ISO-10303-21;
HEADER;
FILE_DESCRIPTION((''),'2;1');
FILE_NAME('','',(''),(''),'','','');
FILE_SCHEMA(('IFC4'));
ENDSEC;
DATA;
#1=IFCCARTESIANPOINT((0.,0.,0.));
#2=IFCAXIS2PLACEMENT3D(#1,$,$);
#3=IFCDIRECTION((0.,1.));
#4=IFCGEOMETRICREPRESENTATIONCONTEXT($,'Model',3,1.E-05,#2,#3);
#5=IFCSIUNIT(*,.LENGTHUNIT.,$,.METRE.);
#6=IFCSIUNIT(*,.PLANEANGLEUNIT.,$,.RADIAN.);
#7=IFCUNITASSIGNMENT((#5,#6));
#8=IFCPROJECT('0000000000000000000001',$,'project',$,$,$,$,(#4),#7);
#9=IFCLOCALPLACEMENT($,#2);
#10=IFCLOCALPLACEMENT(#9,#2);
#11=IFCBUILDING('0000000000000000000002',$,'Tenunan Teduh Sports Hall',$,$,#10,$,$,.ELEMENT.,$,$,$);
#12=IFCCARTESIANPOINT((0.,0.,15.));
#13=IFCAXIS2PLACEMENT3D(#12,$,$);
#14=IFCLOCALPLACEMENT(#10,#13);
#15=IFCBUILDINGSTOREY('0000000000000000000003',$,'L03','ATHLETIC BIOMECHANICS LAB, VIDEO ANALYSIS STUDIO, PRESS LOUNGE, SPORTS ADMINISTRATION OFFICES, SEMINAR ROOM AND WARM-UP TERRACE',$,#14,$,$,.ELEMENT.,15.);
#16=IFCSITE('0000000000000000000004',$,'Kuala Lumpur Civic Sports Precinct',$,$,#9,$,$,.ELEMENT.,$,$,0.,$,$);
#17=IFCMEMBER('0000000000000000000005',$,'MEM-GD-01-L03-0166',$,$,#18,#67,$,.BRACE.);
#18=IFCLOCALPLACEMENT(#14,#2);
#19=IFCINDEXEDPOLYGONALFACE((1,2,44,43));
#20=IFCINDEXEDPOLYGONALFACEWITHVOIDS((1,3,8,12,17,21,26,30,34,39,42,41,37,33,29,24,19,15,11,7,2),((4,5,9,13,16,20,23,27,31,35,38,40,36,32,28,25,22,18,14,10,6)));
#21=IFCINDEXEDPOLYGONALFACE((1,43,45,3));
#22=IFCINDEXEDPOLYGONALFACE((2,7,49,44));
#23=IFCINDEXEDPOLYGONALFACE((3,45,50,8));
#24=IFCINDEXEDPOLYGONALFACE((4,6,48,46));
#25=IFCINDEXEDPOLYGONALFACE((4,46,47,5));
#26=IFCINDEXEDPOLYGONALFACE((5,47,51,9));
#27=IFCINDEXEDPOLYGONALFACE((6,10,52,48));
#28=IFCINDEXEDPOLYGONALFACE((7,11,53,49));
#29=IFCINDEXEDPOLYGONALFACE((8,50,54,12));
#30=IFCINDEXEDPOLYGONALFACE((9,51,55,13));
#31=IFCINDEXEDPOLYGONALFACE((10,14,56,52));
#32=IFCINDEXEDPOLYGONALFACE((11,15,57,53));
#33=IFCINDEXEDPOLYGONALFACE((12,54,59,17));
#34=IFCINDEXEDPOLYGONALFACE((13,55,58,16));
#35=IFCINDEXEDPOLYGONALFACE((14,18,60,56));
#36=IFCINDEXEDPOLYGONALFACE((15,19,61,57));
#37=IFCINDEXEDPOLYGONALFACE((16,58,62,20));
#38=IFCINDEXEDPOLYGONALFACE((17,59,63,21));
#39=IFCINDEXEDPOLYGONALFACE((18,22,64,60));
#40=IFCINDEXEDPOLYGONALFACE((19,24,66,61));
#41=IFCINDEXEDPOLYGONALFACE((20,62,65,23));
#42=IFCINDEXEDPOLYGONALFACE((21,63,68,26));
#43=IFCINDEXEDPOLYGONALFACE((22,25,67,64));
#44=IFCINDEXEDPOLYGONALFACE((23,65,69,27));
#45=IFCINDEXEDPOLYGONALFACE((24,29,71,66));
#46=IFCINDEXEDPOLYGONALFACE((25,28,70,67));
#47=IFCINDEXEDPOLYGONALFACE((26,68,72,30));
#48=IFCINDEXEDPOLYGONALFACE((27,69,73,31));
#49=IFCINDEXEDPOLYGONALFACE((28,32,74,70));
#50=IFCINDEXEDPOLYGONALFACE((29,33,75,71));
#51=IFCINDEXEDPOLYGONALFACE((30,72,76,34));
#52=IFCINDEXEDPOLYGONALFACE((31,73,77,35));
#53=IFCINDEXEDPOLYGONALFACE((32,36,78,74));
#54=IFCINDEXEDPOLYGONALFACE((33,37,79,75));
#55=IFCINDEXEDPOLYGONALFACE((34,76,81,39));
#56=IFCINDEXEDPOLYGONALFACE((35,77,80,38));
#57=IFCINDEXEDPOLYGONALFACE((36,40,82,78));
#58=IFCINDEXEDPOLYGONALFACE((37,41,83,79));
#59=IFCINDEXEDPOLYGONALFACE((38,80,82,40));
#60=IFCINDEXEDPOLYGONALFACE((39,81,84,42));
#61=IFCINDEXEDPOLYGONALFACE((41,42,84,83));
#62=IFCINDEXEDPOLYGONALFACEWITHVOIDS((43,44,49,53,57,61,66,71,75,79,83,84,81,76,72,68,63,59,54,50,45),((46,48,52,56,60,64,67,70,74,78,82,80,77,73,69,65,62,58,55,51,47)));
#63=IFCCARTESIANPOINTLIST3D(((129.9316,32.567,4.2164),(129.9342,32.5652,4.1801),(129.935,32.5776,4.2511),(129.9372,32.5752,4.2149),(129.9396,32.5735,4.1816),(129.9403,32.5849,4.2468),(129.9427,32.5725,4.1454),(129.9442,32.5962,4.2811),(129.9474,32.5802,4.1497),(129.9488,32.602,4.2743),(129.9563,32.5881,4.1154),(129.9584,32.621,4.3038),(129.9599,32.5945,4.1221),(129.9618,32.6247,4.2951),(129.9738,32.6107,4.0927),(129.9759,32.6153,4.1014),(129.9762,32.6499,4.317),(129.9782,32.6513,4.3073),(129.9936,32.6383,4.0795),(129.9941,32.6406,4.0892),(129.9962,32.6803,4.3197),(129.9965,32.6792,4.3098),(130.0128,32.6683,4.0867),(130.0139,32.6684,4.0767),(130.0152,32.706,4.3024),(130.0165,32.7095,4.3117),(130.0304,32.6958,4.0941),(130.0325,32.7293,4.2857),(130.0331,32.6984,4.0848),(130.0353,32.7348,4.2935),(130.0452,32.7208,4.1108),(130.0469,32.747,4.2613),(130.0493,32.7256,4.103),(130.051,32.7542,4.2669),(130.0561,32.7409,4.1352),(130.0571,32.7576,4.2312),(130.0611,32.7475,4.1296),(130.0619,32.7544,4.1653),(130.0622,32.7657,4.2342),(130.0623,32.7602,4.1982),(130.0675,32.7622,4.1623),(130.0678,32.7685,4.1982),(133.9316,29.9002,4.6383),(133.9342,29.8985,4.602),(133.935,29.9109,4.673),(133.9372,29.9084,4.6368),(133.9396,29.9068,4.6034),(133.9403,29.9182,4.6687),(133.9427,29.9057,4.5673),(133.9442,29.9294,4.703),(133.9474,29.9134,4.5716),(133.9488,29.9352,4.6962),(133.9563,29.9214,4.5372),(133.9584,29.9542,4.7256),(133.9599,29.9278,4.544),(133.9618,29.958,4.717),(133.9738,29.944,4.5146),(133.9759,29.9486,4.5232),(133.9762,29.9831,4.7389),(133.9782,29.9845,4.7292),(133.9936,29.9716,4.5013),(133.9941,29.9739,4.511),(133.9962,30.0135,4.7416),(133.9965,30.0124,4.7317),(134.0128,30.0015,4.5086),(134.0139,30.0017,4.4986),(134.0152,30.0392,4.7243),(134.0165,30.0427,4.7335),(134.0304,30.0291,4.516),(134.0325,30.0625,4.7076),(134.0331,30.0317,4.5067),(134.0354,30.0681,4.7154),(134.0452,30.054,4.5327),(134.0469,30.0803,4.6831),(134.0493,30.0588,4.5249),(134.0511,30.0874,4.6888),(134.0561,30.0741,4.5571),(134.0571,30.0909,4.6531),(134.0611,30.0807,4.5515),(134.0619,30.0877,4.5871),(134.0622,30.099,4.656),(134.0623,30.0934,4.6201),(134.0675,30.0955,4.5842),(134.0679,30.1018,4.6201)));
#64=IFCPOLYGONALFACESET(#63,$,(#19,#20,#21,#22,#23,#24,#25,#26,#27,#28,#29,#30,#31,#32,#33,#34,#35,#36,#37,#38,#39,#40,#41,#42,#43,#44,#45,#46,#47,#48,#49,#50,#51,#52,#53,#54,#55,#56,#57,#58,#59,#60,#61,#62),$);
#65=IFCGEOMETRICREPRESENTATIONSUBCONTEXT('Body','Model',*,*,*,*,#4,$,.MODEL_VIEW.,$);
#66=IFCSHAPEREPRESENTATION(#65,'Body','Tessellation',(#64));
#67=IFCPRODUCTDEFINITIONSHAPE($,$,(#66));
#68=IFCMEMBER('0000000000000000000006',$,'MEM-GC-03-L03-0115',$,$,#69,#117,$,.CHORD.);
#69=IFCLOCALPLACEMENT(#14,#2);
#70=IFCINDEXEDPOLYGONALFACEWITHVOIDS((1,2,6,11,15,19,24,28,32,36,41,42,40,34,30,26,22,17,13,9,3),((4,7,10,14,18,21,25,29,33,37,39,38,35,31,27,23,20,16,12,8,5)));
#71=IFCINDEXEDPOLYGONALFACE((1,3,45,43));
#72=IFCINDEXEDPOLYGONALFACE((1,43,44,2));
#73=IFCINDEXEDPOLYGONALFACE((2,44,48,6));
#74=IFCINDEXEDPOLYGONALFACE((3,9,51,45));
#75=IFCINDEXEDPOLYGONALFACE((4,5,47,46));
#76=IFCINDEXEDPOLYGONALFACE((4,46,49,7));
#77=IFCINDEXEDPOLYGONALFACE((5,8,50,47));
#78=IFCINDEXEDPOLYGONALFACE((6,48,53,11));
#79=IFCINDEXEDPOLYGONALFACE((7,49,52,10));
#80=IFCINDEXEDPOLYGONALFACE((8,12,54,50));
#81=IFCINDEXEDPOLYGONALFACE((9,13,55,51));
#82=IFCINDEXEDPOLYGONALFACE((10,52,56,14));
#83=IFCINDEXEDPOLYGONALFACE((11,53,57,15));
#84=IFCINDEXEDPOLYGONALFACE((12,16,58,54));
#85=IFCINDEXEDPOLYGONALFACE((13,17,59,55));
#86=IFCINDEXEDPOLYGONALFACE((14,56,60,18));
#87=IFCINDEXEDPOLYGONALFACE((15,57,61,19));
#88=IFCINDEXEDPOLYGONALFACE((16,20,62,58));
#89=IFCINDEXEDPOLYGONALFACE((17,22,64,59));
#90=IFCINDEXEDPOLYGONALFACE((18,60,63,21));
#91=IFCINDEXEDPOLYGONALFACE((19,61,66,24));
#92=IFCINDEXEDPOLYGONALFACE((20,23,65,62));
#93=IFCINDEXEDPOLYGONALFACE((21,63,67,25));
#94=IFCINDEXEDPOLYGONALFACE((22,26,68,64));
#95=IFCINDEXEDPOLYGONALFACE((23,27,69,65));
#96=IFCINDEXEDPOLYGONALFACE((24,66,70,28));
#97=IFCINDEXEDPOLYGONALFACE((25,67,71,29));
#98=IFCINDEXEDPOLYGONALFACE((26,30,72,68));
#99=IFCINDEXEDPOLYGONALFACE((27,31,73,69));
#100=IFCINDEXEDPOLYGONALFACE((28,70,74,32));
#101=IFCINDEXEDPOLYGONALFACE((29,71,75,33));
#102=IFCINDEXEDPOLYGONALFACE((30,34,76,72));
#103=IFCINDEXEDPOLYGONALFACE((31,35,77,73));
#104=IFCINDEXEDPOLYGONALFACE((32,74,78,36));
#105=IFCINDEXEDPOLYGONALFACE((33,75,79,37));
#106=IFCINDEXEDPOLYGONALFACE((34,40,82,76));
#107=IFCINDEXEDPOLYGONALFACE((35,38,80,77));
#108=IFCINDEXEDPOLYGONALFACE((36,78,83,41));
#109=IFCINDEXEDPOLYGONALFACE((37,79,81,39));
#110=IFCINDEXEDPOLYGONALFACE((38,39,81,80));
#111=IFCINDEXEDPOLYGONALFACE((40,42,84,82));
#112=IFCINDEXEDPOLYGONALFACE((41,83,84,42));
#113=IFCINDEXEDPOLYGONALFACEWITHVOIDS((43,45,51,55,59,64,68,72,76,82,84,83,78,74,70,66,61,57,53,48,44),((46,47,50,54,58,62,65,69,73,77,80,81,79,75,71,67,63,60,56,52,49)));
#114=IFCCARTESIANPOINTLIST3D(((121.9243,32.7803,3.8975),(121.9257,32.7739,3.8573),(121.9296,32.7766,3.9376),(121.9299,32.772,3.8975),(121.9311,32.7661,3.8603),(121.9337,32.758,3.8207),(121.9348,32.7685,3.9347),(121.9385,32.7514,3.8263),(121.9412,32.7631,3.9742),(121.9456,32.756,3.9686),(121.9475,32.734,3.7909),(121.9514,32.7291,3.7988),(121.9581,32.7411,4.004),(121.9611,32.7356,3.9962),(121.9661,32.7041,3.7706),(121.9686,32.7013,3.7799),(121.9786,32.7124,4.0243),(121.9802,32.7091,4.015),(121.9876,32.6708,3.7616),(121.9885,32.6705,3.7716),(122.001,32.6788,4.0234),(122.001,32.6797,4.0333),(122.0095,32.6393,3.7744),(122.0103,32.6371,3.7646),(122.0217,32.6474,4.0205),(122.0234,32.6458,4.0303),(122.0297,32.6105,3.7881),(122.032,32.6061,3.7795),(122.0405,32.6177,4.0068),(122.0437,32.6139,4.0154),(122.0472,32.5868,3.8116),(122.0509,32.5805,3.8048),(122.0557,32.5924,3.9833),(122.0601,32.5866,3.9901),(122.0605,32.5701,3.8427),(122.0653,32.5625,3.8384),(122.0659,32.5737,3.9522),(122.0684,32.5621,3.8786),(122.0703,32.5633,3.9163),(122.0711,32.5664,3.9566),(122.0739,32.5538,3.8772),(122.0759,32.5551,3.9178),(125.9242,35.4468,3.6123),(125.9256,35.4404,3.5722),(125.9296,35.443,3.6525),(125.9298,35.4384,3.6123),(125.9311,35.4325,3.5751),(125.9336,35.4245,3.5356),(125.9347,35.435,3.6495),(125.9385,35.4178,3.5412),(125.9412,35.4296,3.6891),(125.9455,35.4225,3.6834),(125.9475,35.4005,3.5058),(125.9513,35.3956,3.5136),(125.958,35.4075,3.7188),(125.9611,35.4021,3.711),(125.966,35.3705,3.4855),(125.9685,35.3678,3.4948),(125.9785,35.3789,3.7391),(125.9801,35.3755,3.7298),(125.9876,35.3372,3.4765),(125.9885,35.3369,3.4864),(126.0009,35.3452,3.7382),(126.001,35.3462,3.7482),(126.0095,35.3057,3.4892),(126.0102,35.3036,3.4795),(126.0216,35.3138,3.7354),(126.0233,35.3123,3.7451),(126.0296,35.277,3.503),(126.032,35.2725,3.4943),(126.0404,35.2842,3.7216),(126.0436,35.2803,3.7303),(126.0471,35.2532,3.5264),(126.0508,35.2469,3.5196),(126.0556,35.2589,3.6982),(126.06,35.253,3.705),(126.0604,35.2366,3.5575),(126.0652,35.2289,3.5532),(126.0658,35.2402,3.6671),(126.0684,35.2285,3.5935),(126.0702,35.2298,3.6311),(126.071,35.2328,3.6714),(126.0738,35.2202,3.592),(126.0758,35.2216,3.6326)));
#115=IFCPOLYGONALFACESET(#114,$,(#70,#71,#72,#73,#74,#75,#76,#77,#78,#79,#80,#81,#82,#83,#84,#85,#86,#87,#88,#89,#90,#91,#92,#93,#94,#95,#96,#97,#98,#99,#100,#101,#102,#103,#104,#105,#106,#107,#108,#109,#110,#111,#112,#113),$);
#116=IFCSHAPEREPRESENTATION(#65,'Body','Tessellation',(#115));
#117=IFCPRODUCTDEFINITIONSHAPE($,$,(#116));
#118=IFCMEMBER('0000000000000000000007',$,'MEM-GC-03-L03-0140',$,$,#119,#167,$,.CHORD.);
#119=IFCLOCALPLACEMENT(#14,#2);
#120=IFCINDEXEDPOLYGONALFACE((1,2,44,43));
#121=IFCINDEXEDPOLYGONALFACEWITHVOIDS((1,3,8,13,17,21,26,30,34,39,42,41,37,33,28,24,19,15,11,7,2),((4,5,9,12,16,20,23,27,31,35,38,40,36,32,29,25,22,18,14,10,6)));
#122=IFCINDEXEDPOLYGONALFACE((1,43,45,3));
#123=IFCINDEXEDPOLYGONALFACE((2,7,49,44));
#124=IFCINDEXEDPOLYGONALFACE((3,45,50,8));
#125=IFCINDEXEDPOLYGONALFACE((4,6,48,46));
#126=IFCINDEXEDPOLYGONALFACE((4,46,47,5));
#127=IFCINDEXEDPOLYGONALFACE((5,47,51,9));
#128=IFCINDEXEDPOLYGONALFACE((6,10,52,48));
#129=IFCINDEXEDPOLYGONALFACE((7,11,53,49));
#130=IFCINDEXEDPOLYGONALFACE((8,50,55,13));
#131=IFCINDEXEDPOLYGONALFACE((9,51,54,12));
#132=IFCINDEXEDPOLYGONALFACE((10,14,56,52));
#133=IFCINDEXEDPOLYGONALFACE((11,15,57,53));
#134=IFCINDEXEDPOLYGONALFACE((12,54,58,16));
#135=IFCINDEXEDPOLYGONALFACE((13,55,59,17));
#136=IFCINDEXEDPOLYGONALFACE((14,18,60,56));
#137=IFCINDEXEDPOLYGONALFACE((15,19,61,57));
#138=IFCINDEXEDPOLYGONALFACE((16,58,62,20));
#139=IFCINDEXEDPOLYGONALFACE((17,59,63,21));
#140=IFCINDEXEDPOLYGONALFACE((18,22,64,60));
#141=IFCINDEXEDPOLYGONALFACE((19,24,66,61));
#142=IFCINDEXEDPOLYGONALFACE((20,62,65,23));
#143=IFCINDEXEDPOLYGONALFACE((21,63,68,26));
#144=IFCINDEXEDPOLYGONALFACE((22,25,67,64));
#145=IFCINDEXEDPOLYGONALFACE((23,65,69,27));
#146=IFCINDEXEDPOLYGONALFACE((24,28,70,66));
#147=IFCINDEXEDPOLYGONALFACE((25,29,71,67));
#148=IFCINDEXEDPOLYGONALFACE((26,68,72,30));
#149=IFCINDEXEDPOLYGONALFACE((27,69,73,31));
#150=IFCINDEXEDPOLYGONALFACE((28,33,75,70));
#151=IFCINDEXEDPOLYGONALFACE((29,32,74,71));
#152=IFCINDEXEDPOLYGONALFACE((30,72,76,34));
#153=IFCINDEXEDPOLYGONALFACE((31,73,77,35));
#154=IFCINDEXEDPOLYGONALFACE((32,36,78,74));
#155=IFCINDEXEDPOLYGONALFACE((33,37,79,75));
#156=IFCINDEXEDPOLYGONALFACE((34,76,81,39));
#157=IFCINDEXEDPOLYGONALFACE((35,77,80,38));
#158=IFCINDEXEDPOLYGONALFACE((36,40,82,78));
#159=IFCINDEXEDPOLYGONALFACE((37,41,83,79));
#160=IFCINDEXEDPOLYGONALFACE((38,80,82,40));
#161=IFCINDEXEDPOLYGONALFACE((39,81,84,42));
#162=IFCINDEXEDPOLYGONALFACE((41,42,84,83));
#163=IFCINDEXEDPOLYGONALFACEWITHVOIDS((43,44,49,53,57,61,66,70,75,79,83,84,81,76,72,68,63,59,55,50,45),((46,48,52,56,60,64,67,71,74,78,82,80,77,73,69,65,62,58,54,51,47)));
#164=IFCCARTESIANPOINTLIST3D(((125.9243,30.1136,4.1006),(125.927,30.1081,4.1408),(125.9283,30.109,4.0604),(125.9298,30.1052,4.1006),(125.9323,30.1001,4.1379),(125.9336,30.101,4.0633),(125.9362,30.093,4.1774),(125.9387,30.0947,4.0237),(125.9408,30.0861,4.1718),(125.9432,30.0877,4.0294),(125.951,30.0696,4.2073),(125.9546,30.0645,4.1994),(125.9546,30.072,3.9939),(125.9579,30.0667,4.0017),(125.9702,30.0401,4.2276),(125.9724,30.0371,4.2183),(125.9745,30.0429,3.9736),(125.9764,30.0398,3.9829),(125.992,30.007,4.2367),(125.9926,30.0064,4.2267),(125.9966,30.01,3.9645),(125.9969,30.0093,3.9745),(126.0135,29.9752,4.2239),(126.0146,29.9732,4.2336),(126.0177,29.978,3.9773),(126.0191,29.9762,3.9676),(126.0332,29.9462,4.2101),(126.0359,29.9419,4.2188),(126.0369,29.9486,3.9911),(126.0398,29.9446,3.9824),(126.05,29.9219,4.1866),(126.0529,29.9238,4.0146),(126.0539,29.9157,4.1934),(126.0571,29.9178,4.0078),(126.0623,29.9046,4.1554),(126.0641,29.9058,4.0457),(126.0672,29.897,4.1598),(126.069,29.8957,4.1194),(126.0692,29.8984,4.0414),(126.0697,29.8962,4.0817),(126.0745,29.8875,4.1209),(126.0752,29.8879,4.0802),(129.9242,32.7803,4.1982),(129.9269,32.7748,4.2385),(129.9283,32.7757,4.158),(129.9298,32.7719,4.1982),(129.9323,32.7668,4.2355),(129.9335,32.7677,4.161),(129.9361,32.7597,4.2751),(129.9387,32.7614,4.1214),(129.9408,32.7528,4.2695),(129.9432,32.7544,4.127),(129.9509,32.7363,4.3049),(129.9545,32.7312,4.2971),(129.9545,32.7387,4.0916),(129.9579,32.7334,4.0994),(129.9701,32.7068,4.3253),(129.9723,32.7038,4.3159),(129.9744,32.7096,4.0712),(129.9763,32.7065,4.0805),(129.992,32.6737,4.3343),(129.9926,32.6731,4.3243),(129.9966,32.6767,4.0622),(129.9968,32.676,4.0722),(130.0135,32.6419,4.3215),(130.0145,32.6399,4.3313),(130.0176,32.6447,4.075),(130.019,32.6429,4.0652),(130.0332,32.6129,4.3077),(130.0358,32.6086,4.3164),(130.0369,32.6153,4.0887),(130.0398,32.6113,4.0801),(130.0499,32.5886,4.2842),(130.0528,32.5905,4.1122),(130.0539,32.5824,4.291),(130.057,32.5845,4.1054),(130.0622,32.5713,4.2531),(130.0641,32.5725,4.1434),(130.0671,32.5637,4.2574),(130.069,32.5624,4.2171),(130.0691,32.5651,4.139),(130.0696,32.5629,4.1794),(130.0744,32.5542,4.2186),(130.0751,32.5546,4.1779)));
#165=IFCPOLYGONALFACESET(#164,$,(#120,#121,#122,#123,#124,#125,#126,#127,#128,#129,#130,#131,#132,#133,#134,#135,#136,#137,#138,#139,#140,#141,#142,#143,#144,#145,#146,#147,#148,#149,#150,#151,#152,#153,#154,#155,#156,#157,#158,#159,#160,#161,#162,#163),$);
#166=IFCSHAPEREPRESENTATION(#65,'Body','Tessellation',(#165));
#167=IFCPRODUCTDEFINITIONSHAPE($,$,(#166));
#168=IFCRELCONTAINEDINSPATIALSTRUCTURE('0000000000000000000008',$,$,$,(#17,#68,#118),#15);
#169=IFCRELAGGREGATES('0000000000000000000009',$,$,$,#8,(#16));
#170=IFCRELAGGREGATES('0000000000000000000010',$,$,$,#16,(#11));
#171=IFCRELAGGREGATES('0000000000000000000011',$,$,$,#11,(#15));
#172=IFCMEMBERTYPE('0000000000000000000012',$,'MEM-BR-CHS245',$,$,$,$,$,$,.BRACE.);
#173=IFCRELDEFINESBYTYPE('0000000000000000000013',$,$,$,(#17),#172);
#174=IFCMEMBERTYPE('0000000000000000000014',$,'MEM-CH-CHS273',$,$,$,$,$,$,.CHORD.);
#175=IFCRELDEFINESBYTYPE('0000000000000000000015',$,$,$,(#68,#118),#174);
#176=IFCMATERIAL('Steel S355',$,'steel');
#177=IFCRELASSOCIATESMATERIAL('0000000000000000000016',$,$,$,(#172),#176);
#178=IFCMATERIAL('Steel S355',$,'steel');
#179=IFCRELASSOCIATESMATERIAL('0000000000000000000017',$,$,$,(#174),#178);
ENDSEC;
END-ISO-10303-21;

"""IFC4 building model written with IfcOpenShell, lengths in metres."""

from ifc_helpers import new_model, si_unit, direction, frame, origin, origin_2d, place, context, subcontext, project, spatial, hollow_circle, extrude, material, material_profile, profile_set, type_object, element, save


model = new_model("IFC4")

# Units and contexts
model_context = context("Model", 3, precision=1e-05, world=origin(), true_north=direction((0.0, 1.0)))
body_context = subcontext(model_context, "Body", "Model", "MODEL_VIEW")
ifc_project = project(units=[si_unit("LENGTHUNIT", "METRE"), si_unit("PLANEANGLEUNIT", "RADIAN")], contexts=[model_context])

# Site, building, storey
site_placement = place(None, origin())
site = spatial("IfcSite", under=ifc_project, at=site_placement, Name="Kuala Lumpur Civic Sports Precinct", CompositionType="ELEMENT", RefElevation=0.0)
building_placement = place(site_placement, origin())
building = spatial("IfcBuilding", under=site, at=building_placement, Name="Tenunan Teduh Sports Hall", CompositionType="ELEMENT")
storey_placement = place(building_placement, frame((0.0, 0.0, 15.0)))
storey = spatial("IfcBuildingStorey", under=building, at=storey_placement, Name="L03", Description="ATHLETIC BIOMECHANICS LAB, VIDEO ANALYSIS STUDIO, PRESS LOUNGE, SPORTS ADMINISTRATION OFFICES, SEMINAR ROOM AND WARM-UP TERRACE", CompositionType="ELEMENT", Elevation=15.0)

# Members
ifc_material_1 = material(Name="Steel S355", Category="steel")
ifc_material_profile_1 = material_profile(ifc_material_1, hollow_circle(Radius=0.1223, WallThickness=0.01, at=origin_2d()), Name="CHS 244.5x10.0")
ifc_profile_set_1 = profile_set([ifc_material_profile_1], Name="Steel S355")
member_type_1 = type_object("IfcMemberType", Name="MEM-BR-CHS245", PredefinedType="BRACE", material=ifc_profile_set_1)
member_1_placement = place(storey_placement, frame((130.0, 32.6667, 4.1982), z_axis=(0.828857, -0.552588, 0.087419), x_axis=(0.554712, 0.832042, 0.0)))
element("IfcMember", 1, at=member_1_placement, inside=storey, type_object=member_type_1, Name="MEM-GD-01-L03-0166", PredefinedType="BRACE", context=body_context, shape_type="SweptSolid", body=[
    extrude(hollow_circle(Radius=0.1223, WallThickness=0.01, at=origin_2d()), origin(), (0.0, 0.0, 1.0), 4.8259),
])
ifc_material_2 = material(Name="Steel S355", Category="steel")
ifc_material_profile_2 = material_profile(ifc_material_2, hollow_circle(Radius=0.1365, WallThickness=0.01, at=origin_2d()), Name="CHS 273.0x10.0")
ifc_profile_set_2 = profile_set([ifc_material_profile_2], Name="Steel S355")
member_type_2 = type_object("IfcMemberType", Name="MEM-CH-CHS273", PredefinedType="CHORD", material=ifc_profile_set_2)
member_2_placement = place(storey_placement, frame((122.0, 32.6667, 3.8975), z_axis=(0.830606, 0.553704, -0.059213), x_axis=(-0.554677, 0.832066, 0.0)))
element("IfcMember", 2, at=member_2_placement, inside=storey, type_object=member_type_2, Name="MEM-GC-03-L03-0115", PredefinedType="CHORD", context=body_context, shape_type="SweptSolid", body=[
    extrude(hollow_circle(Radius=0.1365, WallThickness=0.01, at=origin_2d()), origin(), (0.0, 0.0, 1.0), 4.8157),
])
member_3_placement = place(storey_placement, frame((126.0, 30.0, 4.1006), z_axis=(0.831871, 0.554598, 0.020309), x_axis=(-0.554712, 0.832042, 0.0)))
element("IfcMember", 3, at=member_3_placement, inside=storey, type_object=member_type_2, Name="MEM-GC-03-L03-0140", PredefinedType="CHORD", context=body_context, shape_type="SweptSolid", body=[
    extrude(hollow_circle(Radius=0.1365, WallThickness=0.01, at=origin_2d()), origin(), (0.0, 0.0, 1.0), 4.8083),
])

save(model, "model.ifc")
